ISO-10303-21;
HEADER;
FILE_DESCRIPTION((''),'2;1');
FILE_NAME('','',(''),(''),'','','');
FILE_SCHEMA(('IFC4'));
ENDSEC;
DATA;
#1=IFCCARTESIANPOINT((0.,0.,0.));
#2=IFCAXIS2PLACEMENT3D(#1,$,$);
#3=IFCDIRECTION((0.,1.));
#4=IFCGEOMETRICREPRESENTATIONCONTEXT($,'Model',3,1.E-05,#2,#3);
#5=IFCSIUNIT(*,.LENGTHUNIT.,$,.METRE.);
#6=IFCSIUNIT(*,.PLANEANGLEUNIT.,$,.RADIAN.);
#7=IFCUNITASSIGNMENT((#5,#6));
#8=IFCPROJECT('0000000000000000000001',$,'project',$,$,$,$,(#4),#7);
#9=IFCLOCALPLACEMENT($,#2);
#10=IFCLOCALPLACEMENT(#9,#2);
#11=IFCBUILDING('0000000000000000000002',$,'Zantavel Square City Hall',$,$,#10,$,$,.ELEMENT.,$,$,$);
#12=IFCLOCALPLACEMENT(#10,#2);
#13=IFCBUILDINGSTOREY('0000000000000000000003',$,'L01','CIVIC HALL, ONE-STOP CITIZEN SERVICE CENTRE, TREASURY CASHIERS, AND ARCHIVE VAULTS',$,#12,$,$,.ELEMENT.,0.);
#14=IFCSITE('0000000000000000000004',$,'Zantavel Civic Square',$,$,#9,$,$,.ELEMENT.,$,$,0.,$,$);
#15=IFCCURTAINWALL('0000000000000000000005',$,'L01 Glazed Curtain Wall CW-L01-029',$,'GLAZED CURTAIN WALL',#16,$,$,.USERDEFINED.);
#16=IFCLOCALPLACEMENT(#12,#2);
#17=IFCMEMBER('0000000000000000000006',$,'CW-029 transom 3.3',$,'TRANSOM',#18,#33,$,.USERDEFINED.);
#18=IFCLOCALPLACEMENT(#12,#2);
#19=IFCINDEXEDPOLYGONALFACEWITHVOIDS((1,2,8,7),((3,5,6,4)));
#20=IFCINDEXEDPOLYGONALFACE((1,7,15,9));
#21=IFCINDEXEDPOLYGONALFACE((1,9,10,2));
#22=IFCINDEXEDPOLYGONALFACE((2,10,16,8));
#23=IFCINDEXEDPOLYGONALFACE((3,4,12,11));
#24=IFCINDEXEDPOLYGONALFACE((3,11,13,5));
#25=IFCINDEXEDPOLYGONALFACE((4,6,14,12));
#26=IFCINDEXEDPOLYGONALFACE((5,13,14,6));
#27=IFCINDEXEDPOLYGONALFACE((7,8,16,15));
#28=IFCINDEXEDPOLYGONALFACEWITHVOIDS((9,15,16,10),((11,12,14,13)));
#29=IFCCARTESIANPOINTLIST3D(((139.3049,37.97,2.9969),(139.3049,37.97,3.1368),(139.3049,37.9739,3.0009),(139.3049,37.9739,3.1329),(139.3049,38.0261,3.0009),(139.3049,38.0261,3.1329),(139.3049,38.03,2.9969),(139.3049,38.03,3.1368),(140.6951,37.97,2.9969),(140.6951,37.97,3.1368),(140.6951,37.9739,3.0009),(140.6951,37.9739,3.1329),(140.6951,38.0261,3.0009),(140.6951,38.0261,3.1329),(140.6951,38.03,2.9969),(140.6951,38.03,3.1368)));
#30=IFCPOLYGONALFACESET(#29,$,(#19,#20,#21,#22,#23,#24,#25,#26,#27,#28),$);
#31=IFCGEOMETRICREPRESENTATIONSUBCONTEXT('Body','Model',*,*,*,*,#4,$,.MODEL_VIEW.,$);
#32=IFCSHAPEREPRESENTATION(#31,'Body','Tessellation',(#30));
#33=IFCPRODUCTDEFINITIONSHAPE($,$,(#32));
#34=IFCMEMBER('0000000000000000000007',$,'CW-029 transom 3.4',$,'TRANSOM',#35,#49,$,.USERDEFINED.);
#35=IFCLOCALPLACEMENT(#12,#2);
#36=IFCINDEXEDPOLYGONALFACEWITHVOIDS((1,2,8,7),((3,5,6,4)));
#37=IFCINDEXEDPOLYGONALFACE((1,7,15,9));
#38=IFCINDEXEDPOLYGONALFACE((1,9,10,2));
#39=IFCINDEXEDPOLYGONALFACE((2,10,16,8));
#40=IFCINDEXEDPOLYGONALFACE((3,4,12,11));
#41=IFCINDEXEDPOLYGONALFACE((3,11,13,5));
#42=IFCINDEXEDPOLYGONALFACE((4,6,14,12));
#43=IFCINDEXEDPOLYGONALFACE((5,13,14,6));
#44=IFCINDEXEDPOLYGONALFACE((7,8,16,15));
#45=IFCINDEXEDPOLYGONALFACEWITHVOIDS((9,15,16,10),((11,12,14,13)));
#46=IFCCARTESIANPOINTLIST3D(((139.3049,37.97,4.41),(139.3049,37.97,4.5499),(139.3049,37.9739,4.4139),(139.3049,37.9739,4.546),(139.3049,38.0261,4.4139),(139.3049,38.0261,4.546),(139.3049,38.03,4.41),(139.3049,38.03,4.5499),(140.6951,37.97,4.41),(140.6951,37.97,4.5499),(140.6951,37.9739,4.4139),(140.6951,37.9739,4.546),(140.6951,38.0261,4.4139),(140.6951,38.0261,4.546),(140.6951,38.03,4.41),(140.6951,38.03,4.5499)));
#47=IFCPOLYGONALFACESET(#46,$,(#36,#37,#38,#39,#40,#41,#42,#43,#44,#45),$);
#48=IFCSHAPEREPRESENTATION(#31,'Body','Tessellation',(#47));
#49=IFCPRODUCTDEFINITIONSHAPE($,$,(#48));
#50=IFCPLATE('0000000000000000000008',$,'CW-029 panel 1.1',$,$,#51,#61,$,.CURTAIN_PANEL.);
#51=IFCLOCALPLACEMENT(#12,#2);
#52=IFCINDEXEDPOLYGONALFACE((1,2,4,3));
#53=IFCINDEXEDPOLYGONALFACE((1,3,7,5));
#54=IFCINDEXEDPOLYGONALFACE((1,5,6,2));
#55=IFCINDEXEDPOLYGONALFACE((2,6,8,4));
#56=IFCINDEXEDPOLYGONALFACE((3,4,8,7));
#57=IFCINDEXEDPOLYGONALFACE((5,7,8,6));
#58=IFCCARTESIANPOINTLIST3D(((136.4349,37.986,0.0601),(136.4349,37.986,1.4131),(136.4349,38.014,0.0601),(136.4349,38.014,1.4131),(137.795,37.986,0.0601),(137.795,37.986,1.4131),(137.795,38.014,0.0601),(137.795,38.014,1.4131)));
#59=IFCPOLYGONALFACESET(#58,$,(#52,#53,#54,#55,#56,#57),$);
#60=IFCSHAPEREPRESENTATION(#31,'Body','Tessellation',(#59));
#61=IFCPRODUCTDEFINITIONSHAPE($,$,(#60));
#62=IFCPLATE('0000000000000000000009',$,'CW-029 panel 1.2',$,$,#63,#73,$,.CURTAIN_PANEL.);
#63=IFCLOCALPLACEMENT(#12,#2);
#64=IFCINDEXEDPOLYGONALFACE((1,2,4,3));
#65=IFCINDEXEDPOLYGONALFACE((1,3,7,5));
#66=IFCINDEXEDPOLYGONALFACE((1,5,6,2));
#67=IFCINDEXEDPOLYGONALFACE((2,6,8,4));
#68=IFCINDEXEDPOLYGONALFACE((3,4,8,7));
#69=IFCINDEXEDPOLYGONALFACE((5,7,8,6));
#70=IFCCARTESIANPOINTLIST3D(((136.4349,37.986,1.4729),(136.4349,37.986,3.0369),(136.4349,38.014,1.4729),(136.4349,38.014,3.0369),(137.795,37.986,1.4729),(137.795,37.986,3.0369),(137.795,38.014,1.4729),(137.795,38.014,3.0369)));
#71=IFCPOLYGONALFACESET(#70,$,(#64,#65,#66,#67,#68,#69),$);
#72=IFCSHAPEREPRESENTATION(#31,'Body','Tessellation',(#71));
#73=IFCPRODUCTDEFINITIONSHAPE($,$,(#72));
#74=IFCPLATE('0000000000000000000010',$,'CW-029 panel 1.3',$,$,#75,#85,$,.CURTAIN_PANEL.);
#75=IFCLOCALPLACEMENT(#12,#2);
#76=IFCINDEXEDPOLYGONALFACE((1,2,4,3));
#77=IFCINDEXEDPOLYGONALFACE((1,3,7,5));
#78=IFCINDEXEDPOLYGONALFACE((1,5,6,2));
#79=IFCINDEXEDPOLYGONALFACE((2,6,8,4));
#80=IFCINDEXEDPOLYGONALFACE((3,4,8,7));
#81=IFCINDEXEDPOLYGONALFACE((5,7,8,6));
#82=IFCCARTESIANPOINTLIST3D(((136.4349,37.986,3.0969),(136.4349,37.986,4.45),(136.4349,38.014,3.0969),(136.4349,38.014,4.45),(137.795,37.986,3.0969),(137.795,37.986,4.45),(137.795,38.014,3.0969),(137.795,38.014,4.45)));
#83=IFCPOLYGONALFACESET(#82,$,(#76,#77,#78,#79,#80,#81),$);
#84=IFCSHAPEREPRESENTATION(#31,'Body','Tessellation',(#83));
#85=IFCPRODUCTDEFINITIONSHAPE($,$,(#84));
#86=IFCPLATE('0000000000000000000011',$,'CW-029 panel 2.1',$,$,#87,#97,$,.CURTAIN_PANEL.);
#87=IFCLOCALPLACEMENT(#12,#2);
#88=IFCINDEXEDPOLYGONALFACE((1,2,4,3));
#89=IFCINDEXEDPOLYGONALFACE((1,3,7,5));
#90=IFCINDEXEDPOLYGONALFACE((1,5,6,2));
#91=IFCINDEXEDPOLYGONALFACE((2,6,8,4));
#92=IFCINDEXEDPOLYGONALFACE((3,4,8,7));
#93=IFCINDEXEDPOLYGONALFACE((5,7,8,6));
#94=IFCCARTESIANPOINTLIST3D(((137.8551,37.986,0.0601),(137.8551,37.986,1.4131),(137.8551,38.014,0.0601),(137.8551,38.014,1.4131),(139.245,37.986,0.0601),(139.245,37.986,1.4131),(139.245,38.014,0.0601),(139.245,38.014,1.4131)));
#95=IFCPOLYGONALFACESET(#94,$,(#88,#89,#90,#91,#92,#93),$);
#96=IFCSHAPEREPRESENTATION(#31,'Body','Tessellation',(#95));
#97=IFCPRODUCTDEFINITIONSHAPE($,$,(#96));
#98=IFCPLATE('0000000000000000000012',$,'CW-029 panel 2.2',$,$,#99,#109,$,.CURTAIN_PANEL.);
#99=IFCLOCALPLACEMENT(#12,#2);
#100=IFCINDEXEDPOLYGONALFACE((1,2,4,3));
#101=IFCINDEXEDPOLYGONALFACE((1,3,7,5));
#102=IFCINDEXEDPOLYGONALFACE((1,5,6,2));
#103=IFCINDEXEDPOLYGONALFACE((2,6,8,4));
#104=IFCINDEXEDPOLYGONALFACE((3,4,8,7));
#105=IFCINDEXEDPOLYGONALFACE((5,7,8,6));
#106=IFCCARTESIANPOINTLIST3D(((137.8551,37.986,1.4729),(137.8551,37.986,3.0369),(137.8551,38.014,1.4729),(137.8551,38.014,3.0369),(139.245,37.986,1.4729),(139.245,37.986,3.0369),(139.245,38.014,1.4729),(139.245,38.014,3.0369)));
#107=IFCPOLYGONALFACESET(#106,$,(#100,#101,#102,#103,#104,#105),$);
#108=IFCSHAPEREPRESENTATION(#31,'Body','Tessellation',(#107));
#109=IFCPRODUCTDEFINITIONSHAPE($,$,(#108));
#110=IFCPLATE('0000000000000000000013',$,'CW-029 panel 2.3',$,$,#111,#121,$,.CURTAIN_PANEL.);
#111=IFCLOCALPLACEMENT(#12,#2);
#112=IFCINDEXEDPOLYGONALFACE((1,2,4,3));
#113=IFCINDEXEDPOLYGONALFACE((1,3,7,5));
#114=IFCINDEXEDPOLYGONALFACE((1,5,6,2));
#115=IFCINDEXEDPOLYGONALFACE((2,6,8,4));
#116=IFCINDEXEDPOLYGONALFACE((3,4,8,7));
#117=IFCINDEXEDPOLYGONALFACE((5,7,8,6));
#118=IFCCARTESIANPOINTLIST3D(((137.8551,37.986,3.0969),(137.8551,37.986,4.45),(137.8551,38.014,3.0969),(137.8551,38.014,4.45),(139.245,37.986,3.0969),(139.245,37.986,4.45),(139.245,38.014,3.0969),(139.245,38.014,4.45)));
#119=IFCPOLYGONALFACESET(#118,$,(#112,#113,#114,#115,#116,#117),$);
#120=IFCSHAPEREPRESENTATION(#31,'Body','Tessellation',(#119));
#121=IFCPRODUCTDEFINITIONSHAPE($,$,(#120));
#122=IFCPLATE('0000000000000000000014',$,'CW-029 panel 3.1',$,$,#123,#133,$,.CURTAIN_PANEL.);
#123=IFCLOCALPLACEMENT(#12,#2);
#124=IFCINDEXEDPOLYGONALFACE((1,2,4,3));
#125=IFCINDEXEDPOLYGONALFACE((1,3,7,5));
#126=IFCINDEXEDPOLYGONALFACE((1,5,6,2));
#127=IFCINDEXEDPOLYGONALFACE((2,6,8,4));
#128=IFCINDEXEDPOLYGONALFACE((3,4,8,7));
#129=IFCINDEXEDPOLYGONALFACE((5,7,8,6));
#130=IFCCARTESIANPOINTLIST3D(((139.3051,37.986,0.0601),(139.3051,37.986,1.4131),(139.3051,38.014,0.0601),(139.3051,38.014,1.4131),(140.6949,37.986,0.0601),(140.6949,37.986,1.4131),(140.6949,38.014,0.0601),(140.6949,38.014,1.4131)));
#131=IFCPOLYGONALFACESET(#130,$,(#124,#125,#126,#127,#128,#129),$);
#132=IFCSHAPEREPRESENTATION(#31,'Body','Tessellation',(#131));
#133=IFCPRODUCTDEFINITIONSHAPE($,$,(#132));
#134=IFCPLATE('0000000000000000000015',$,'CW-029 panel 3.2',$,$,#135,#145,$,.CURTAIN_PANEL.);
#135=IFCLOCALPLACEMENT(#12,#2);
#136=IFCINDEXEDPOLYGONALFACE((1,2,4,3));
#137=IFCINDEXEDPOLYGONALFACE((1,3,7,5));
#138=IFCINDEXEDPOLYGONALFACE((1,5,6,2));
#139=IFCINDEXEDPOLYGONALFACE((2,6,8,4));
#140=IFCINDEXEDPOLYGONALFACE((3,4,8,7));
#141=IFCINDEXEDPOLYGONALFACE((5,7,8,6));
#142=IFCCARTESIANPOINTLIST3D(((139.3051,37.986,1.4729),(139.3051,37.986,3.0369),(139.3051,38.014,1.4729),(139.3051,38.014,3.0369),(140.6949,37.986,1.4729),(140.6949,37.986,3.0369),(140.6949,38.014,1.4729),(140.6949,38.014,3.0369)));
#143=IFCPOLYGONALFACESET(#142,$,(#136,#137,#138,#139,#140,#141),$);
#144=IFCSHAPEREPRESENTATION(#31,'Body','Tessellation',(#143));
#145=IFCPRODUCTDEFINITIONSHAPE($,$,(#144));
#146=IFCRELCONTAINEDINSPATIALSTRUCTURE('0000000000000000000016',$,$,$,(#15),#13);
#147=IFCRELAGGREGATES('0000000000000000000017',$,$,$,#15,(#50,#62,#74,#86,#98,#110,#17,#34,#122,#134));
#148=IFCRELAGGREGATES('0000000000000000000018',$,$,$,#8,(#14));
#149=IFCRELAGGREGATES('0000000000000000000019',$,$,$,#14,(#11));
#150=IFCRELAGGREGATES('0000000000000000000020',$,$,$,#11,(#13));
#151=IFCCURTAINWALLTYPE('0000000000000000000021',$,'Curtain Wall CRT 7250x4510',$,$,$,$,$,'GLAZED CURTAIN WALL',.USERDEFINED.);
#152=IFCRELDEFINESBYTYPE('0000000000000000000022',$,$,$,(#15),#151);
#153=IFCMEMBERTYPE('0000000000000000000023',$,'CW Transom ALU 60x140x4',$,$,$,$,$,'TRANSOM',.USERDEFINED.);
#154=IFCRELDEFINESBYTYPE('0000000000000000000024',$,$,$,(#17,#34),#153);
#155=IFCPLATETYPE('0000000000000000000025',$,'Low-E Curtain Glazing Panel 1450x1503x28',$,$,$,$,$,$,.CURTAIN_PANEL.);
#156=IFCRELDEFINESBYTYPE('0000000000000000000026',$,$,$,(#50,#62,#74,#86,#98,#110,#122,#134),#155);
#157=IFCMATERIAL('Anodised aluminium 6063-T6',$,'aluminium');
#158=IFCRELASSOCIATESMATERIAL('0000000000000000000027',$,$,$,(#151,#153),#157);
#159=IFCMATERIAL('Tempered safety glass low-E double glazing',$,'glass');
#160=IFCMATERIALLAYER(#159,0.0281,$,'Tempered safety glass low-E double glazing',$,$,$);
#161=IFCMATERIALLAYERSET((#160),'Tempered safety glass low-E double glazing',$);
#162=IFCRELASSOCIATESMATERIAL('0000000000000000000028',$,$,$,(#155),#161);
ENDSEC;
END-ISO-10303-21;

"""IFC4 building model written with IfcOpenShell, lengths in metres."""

from ifc_helpers import new_model, si_unit, direction, frame, origin, origin_2d, place, context, subcontext, project, spatial, rectangle, hollow_rectangle, extrude, material, layer, layer_set, material_profile, profile_set, type_object, element, aggregate, save


model = new_model("IFC4")

# Units and contexts
model_context = context("Model", 3, precision=1e-05, world=origin(), true_north=direction((0.0, 1.0)))
body_context = subcontext(model_context, "Body", "Model", "MODEL_VIEW")
ifc_project = project(units=[si_unit("LENGTHUNIT", "METRE"), si_unit("PLANEANGLEUNIT", "RADIAN")], contexts=[model_context])

# Site, building, storey
site_placement = place(None, origin())
site = spatial("IfcSite", under=ifc_project, at=site_placement, Name="Zantavel Civic Square", CompositionType="ELEMENT", RefElevation=0.0)
building_placement = place(site_placement, origin())
building = spatial("IfcBuilding", under=site, at=building_placement, Name="Zantavel Square City Hall", CompositionType="ELEMENT")
storey_placement = place(building_placement, origin())
storey = spatial("IfcBuildingStorey", under=building, at=storey_placement, Name="L01", Description="CIVIC HALL, ONE-STOP CITIZEN SERVICE CENTRE, TREASURY CASHIERS, AND ARCHIVE VAULTS", CompositionType="ELEMENT", Elevation=0.0)

# Curtain wall, members, plates
ifc_material_1 = material(Name="Anodised aluminium 6063-T6", Category="aluminium")
curtain_wall_type = type_object("IfcCurtainWallType", Name="Curtain Wall CRT 7250x4510", ElementType="GLAZED CURTAIN WALL", PredefinedType="USERDEFINED", material=ifc_material_1)
curtain_wall_placement = place(storey_placement, origin())
curtain_wall = element("IfcCurtainWall", 1, at=curtain_wall_placement, inside=storey, type_object=curtain_wall_type, Name="L01 Glazed Curtain Wall CW-L01-029", ObjectType="GLAZED CURTAIN WALL", PredefinedType="USERDEFINED")
ifc_material_profile_1 = material_profile(ifc_material_1, hollow_rectangle(XDim=0.0601, YDim=0.1399, WallThickness=0.0039, at=origin_2d()), Name="ALU 60x140x4")
ifc_profile_set_1 = profile_set([ifc_material_profile_1], Name="Anodised aluminium 6063-T6")
member_type_1 = type_object("IfcMemberType", Name="CW Transom ALU 60x140x4", ElementType="TRANSOM", PredefinedType="USERDEFINED", material=ifc_profile_set_1)
member_1_placement = place(storey_placement, frame((139.3049, 38.0, 3.0669), z_axis=(1.0, 0.0, 0.0), x_axis=(0.0, 1.0, 0.0)))
member_1 = element("IfcMember", 2, at=member_1_placement, type_object=member_type_1, Name="CW-029 transom 3.3", ObjectType="TRANSOM", PredefinedType="USERDEFINED", context=body_context, shape_type="SweptSolid", body=[
    extrude(hollow_rectangle(XDim=0.0601, YDim=0.1399, WallThickness=0.0039, at=origin_2d()), origin(), (0.0, 0.0, 1.0), 1.3901),
])
member_2_placement = place(storey_placement, frame((139.3049, 38.0, 4.48), z_axis=(1.0, 0.0, 0.0), x_axis=(0.0, 1.0, 0.0)))
member_2 = element("IfcMember", 3, at=member_2_placement, type_object=member_type_1, Name="CW-029 transom 3.4", ObjectType="TRANSOM", PredefinedType="USERDEFINED", context=body_context, shape_type="SweptSolid", body=[
    extrude(hollow_rectangle(XDim=0.0601, YDim=0.1399, WallThickness=0.0039, at=origin_2d()), origin(), (0.0, 0.0, 1.0), 1.3901),
])
ifc_material_2 = material(Name="Tempered safety glass low-E double glazing", Category="glass")
ifc_layer = layer(ifc_material_2, 0.0281, Name="Tempered safety glass low-E double glazing")
ifc_layer_set = layer_set([ifc_layer], Name="Tempered safety glass low-E double glazing")
plate_type = type_object("IfcPlateType", Name="Low-E Curtain Glazing Panel 1450x1503x28", PredefinedType="CURTAIN_PANEL", material=ifc_layer_set)
plate_1_placement = place(storey_placement, frame((137.115, 38.0, 0.0601), z_axis=(0.0, 0.0, 1.0), x_axis=(1.0, 0.0, 0.0)))
plate_1 = element("IfcPlate", 4, at=plate_1_placement, type_object=plate_type, Name="CW-029 panel 1.1", PredefinedType="CURTAIN_PANEL", context=body_context, shape_type="SweptSolid", body=[
    extrude(rectangle(XDim=1.3601, YDim=0.0281, at=origin_2d()), origin(), (0.0, 0.0, 1.0), 1.353),
])
plate_2_placement = place(storey_placement, frame((137.115, 38.0, 1.4729), z_axis=(0.0, 0.0, 1.0), x_axis=(1.0, 0.0, 0.0)))
plate_2 = element("IfcPlate", 5, at=plate_2_placement, type_object=plate_type, Name="CW-029 panel 1.2", PredefinedType="CURTAIN_PANEL", context=body_context, shape_type="SweptSolid", body=[
    extrude(rectangle(XDim=1.3601, YDim=0.0281, at=origin_2d()), origin(), (0.0, 0.0, 1.0), 1.564),
])
plate_3_placement = place(storey_placement, frame((137.115, 38.0, 3.0969), z_axis=(0.0, 0.0, 1.0), x_axis=(1.0, 0.0, 0.0)))
plate_3 = element("IfcPlate", 6, at=plate_3_placement, type_object=plate_type, Name="CW-029 panel 1.3", PredefinedType="CURTAIN_PANEL", context=body_context, shape_type="SweptSolid", body=[
    extrude(rectangle(XDim=1.3601, YDim=0.0281, at=origin_2d()), origin(), (0.0, 0.0, 1.0), 1.353),
])
plate_4_placement = place(storey_placement, frame((138.55, 38.0, 0.0601), z_axis=(0.0, 0.0, 1.0), x_axis=(1.0, 0.0, 0.0)))
plate_4 = element("IfcPlate", 7, at=plate_4_placement, type_object=plate_type, Name="CW-029 panel 2.1", PredefinedType="CURTAIN_PANEL", context=body_context, shape_type="SweptSolid", body=[
    extrude(rectangle(XDim=1.3899, YDim=0.0281, at=origin_2d()), origin(), (0.0, 0.0, 1.0), 1.353),
])
plate_5_placement = place(storey_placement, frame((138.55, 38.0, 1.4729), z_axis=(0.0, 0.0, 1.0), x_axis=(1.0, 0.0, 0.0)))
plate_5 = element("IfcPlate", 8, at=plate_5_placement, type_object=plate_type, Name="CW-029 panel 2.2", PredefinedType="CURTAIN_PANEL", context=body_context, shape_type="SweptSolid", body=[
    extrude(rectangle(XDim=1.3899, YDim=0.0281, at=origin_2d()), origin(), (0.0, 0.0, 1.0), 1.564),
])
plate_6_placement = place(storey_placement, frame((138.55, 38.0, 3.0969), z_axis=(0.0, 0.0, 1.0), x_axis=(1.0, 0.0, 0.0)))
plate_6 = element("IfcPlate", 9, at=plate_6_placement, type_object=plate_type, Name="CW-029 panel 2.3", PredefinedType="CURTAIN_PANEL", context=body_context, shape_type="SweptSolid", body=[
    extrude(rectangle(XDim=1.3899, YDim=0.0281, at=origin_2d()), origin(), (0.0, 0.0, 1.0), 1.353),
])
plate_7_placement = place(storey_placement, frame((140.0, 38.0, 0.0601), z_axis=(0.0, 0.0, 1.0), x_axis=(1.0, 0.0, 0.0)))
plate_7 = element("IfcPlate", 10, at=plate_7_placement, type_object=plate_type, Name="CW-029 panel 3.1", PredefinedType="CURTAIN_PANEL", context=body_context, shape_type="SweptSolid", body=[
    extrude(rectangle(XDim=1.3899, YDim=0.0281, at=origin_2d()), origin(), (0.0, 0.0, 1.0), 1.353),
])
plate_8_placement = place(storey_placement, frame((140.0, 38.0, 1.4729), z_axis=(0.0, 0.0, 1.0), x_axis=(1.0, 0.0, 0.0)))
plate_8 = element("IfcPlate", 11, at=plate_8_placement, type_object=plate_type, Name="CW-029 panel 3.2", PredefinedType="CURTAIN_PANEL", context=body_context, shape_type="SweptSolid", body=[
    extrude(rectangle(XDim=1.3899, YDim=0.0281, at=origin_2d()), origin(), (0.0, 0.0, 1.0), 1.564),
])
aggregate(curtain_wall, [plate_1, plate_2, plate_3, plate_4, plate_5, plate_6, member_1, member_2, plate_7, plate_8])

save(model, "model.ifc")
